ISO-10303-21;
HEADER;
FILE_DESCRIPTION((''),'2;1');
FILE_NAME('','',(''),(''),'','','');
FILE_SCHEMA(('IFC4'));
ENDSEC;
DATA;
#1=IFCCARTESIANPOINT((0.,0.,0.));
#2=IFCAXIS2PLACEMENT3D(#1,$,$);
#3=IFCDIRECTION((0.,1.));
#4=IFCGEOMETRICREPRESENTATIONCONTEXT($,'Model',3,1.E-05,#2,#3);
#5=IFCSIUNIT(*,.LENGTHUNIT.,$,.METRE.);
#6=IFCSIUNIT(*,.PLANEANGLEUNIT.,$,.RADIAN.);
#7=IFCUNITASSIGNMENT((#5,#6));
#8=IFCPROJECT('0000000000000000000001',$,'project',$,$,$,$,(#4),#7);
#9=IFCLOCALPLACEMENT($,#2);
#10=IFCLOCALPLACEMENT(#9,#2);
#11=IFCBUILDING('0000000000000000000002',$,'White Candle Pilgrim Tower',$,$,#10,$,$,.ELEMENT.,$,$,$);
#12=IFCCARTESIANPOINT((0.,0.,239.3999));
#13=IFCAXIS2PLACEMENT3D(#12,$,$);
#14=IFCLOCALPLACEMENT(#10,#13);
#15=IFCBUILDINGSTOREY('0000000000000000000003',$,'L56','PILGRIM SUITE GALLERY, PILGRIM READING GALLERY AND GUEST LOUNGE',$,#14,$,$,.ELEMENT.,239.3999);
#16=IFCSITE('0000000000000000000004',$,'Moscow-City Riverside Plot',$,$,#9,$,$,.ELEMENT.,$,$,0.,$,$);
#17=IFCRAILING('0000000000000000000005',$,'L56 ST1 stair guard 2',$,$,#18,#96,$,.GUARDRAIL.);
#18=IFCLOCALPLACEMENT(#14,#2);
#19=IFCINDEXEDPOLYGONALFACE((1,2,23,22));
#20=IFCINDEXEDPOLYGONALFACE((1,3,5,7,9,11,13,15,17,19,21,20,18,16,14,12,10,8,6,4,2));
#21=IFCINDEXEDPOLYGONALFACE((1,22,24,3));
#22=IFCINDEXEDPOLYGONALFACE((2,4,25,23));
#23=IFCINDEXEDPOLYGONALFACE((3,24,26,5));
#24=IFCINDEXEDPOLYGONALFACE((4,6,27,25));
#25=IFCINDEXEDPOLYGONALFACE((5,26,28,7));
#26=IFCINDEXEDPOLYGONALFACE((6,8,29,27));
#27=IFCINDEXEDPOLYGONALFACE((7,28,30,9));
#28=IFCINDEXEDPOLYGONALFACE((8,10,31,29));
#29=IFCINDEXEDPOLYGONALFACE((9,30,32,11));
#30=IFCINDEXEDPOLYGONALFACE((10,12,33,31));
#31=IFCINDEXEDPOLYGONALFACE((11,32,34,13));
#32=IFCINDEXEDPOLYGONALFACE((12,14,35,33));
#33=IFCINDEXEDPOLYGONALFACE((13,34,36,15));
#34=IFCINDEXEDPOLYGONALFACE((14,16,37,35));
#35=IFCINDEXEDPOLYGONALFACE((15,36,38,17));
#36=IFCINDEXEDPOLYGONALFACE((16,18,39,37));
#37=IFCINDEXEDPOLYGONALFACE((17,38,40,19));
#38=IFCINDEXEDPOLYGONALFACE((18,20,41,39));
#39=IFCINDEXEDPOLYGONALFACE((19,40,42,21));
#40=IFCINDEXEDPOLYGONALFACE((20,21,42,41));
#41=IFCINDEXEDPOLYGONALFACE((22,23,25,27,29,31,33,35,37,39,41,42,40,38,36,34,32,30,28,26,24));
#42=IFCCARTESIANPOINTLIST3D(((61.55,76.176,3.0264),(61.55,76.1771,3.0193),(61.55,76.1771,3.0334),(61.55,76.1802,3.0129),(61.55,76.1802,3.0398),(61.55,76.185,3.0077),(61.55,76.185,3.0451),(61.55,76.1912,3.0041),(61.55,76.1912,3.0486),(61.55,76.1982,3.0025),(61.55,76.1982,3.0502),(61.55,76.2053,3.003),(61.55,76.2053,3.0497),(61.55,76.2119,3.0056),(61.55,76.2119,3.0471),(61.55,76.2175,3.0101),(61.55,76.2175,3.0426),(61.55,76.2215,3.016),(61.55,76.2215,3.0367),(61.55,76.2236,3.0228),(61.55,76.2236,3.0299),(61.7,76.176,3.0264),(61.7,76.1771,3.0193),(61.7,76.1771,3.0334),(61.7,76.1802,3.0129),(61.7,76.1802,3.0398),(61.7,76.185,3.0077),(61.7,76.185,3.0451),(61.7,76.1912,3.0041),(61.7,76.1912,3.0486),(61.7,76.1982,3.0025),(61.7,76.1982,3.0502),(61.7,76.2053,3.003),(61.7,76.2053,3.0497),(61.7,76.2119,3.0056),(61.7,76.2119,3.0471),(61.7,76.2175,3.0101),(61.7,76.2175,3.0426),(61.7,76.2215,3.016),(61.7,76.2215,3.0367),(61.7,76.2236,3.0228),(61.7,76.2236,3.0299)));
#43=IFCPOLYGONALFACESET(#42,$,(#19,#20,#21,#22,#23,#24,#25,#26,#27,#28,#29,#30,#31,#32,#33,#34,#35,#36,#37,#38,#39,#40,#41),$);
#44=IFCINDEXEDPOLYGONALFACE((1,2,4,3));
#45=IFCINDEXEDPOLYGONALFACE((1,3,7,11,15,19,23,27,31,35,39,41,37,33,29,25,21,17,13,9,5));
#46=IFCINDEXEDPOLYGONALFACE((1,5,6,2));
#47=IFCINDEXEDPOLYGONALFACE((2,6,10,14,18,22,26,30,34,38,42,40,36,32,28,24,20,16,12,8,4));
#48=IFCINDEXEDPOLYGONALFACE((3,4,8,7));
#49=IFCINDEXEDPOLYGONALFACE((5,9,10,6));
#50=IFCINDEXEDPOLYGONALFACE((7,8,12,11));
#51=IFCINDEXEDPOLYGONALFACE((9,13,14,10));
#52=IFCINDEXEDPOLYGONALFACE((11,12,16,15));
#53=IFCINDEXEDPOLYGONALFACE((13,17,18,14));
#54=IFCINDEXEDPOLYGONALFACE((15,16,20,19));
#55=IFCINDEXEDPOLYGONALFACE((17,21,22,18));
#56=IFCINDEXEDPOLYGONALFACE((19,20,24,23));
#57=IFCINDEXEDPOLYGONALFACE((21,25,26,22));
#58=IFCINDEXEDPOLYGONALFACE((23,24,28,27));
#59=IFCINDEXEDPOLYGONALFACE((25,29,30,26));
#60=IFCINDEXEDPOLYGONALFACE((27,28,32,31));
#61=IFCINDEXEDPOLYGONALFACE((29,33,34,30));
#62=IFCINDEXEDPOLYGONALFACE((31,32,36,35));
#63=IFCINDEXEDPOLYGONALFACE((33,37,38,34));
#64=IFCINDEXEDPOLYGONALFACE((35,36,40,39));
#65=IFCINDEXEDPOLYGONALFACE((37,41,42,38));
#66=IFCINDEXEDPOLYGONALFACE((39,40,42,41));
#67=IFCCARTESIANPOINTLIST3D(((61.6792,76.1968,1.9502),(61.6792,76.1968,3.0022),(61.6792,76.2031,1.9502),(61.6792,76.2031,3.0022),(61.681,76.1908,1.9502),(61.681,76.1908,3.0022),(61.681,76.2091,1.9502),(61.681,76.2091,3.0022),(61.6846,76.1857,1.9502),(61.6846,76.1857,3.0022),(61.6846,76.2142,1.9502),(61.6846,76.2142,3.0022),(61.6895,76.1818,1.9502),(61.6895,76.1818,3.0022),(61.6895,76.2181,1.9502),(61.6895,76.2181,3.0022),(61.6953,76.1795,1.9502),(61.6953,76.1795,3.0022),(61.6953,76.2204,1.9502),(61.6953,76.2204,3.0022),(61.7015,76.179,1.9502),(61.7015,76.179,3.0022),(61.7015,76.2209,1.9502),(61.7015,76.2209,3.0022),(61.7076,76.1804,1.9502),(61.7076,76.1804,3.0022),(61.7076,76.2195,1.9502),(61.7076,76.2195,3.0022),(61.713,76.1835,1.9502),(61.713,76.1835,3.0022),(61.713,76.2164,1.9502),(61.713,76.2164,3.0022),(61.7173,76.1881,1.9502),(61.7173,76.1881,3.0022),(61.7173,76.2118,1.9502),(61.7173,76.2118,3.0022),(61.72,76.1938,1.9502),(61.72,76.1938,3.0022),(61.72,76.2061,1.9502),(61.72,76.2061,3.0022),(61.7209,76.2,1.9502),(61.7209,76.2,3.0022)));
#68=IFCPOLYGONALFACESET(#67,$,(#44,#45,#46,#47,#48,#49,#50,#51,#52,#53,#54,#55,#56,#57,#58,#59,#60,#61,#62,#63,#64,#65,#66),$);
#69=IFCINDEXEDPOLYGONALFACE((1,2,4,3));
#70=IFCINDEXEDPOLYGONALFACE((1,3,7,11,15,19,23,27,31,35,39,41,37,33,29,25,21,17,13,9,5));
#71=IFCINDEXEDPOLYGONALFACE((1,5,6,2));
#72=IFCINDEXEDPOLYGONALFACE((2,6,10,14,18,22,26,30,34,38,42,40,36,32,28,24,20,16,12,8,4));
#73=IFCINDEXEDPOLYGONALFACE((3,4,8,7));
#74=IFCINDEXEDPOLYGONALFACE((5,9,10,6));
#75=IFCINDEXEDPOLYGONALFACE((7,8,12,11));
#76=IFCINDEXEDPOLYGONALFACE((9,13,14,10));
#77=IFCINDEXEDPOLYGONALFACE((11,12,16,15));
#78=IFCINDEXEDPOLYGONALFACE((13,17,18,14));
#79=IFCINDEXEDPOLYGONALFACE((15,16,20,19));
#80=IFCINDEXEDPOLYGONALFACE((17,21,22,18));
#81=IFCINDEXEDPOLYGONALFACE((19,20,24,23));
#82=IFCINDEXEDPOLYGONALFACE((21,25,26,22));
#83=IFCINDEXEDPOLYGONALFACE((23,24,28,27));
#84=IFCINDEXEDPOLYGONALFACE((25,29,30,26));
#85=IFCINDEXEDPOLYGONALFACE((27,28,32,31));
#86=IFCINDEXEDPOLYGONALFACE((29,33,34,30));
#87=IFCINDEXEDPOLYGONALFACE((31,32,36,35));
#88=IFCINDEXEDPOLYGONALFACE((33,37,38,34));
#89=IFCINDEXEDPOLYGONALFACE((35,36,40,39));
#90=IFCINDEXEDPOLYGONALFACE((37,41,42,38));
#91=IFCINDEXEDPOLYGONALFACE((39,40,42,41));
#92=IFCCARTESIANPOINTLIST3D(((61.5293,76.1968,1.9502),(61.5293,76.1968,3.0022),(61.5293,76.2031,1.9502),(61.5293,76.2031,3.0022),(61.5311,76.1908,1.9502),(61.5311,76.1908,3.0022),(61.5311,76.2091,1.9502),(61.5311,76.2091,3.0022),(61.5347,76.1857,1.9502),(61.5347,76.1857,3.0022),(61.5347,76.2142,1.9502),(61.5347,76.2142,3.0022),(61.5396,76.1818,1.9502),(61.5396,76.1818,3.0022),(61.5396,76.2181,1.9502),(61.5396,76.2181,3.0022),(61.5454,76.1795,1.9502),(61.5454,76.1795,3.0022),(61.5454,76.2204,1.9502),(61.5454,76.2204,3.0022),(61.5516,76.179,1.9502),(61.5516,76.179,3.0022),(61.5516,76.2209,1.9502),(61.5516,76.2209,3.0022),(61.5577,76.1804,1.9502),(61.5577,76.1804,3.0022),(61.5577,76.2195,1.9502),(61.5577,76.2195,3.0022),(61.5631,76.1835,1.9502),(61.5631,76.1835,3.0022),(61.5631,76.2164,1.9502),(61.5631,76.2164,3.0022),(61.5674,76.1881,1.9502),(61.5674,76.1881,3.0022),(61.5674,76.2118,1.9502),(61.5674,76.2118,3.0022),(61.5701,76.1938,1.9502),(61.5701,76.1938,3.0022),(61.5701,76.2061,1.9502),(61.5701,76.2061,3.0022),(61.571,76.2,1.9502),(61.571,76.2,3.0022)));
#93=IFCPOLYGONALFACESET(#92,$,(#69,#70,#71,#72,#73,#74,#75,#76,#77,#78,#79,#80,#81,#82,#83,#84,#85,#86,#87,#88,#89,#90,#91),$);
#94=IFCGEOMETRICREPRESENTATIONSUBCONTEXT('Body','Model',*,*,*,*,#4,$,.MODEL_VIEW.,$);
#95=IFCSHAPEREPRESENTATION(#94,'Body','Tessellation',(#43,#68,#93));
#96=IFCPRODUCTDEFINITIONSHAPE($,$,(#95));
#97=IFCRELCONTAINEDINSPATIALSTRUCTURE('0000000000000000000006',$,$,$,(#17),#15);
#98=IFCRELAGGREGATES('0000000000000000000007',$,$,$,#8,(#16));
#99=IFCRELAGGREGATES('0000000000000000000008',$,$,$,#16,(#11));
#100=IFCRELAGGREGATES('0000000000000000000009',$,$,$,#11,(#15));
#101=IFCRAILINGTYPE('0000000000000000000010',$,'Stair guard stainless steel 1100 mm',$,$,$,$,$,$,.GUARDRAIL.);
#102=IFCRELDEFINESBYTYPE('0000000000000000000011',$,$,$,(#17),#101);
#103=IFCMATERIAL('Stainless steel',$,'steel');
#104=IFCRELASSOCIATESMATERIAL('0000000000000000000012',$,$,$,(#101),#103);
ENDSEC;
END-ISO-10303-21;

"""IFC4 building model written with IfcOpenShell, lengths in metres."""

from ifc_helpers import new_model, si_unit, direction, frame, origin, origin_2d, place, context, subcontext, project, spatial, circle, extrude, material, type_object, element, save


model = new_model("IFC4")

# Units and contexts
model_context = context("Model", 3, precision=1e-05, world=origin(), true_north=direction((0.0, 1.0)))
body_context = subcontext(model_context, "Body", "Model", "MODEL_VIEW")
ifc_project = project(units=[si_unit("LENGTHUNIT", "METRE"), si_unit("PLANEANGLEUNIT", "RADIAN")], contexts=[model_context])

# Site, building, storey
site_placement = place(None, origin())
site = spatial("IfcSite", under=ifc_project, at=site_placement, Name="Moscow-City Riverside Plot", CompositionType="ELEMENT", RefElevation=0.0)
building_placement = place(site_placement, origin())
building = spatial("IfcBuilding", under=site, at=building_placement, Name="White Candle Pilgrim Tower", CompositionType="ELEMENT")
storey_placement = place(building_placement, frame((0.0, 0.0, 239.3999)))
storey = spatial("IfcBuildingStorey", under=building, at=storey_placement, Name="L56", Description="PILGRIM SUITE GALLERY, PILGRIM READING GALLERY AND GUEST LOUNGE", CompositionType="ELEMENT", Elevation=239.3999)

# Shared definitions
ifc_material_1 = material(Name="Stainless steel", Category="steel")

# Railing
railing_type_1 = type_object("IfcRailingType", Name="Stair guard stainless steel 1100 mm", PredefinedType="GUARDRAIL", material=ifc_material_1)
railing_1_placement = place(storey_placement, frame((61.7, 76.2, 1.9502)))
element("IfcRailing", 1, at=railing_1_placement, inside=storey, type_object=railing_type_1, Name="L56 ST1 stair guard 2", PredefinedType="GUARDRAIL", context=body_context, shape_type="SweptSolid", body=[
    extrude(circle(Radius=0.0239, at=origin_2d()), frame((0.0, 0.0, 1.0762), z_axis=(-1.0, 0.0, 0.0), x_axis=(0.0, -1.0, 0.0)), (0.0, 0.0, 1.0), 0.1499),
    extrude(circle(Radius=0.021, at=origin_2d()), origin(), (0.0, 0.0, 1.0), 1.052),
    extrude(circle(Radius=0.021, at=origin_2d()), frame((-0.1499, 0.0, 0.0)), (0.0, 0.0, 1.0), 1.052),
])

save(model, "model.ifc")
